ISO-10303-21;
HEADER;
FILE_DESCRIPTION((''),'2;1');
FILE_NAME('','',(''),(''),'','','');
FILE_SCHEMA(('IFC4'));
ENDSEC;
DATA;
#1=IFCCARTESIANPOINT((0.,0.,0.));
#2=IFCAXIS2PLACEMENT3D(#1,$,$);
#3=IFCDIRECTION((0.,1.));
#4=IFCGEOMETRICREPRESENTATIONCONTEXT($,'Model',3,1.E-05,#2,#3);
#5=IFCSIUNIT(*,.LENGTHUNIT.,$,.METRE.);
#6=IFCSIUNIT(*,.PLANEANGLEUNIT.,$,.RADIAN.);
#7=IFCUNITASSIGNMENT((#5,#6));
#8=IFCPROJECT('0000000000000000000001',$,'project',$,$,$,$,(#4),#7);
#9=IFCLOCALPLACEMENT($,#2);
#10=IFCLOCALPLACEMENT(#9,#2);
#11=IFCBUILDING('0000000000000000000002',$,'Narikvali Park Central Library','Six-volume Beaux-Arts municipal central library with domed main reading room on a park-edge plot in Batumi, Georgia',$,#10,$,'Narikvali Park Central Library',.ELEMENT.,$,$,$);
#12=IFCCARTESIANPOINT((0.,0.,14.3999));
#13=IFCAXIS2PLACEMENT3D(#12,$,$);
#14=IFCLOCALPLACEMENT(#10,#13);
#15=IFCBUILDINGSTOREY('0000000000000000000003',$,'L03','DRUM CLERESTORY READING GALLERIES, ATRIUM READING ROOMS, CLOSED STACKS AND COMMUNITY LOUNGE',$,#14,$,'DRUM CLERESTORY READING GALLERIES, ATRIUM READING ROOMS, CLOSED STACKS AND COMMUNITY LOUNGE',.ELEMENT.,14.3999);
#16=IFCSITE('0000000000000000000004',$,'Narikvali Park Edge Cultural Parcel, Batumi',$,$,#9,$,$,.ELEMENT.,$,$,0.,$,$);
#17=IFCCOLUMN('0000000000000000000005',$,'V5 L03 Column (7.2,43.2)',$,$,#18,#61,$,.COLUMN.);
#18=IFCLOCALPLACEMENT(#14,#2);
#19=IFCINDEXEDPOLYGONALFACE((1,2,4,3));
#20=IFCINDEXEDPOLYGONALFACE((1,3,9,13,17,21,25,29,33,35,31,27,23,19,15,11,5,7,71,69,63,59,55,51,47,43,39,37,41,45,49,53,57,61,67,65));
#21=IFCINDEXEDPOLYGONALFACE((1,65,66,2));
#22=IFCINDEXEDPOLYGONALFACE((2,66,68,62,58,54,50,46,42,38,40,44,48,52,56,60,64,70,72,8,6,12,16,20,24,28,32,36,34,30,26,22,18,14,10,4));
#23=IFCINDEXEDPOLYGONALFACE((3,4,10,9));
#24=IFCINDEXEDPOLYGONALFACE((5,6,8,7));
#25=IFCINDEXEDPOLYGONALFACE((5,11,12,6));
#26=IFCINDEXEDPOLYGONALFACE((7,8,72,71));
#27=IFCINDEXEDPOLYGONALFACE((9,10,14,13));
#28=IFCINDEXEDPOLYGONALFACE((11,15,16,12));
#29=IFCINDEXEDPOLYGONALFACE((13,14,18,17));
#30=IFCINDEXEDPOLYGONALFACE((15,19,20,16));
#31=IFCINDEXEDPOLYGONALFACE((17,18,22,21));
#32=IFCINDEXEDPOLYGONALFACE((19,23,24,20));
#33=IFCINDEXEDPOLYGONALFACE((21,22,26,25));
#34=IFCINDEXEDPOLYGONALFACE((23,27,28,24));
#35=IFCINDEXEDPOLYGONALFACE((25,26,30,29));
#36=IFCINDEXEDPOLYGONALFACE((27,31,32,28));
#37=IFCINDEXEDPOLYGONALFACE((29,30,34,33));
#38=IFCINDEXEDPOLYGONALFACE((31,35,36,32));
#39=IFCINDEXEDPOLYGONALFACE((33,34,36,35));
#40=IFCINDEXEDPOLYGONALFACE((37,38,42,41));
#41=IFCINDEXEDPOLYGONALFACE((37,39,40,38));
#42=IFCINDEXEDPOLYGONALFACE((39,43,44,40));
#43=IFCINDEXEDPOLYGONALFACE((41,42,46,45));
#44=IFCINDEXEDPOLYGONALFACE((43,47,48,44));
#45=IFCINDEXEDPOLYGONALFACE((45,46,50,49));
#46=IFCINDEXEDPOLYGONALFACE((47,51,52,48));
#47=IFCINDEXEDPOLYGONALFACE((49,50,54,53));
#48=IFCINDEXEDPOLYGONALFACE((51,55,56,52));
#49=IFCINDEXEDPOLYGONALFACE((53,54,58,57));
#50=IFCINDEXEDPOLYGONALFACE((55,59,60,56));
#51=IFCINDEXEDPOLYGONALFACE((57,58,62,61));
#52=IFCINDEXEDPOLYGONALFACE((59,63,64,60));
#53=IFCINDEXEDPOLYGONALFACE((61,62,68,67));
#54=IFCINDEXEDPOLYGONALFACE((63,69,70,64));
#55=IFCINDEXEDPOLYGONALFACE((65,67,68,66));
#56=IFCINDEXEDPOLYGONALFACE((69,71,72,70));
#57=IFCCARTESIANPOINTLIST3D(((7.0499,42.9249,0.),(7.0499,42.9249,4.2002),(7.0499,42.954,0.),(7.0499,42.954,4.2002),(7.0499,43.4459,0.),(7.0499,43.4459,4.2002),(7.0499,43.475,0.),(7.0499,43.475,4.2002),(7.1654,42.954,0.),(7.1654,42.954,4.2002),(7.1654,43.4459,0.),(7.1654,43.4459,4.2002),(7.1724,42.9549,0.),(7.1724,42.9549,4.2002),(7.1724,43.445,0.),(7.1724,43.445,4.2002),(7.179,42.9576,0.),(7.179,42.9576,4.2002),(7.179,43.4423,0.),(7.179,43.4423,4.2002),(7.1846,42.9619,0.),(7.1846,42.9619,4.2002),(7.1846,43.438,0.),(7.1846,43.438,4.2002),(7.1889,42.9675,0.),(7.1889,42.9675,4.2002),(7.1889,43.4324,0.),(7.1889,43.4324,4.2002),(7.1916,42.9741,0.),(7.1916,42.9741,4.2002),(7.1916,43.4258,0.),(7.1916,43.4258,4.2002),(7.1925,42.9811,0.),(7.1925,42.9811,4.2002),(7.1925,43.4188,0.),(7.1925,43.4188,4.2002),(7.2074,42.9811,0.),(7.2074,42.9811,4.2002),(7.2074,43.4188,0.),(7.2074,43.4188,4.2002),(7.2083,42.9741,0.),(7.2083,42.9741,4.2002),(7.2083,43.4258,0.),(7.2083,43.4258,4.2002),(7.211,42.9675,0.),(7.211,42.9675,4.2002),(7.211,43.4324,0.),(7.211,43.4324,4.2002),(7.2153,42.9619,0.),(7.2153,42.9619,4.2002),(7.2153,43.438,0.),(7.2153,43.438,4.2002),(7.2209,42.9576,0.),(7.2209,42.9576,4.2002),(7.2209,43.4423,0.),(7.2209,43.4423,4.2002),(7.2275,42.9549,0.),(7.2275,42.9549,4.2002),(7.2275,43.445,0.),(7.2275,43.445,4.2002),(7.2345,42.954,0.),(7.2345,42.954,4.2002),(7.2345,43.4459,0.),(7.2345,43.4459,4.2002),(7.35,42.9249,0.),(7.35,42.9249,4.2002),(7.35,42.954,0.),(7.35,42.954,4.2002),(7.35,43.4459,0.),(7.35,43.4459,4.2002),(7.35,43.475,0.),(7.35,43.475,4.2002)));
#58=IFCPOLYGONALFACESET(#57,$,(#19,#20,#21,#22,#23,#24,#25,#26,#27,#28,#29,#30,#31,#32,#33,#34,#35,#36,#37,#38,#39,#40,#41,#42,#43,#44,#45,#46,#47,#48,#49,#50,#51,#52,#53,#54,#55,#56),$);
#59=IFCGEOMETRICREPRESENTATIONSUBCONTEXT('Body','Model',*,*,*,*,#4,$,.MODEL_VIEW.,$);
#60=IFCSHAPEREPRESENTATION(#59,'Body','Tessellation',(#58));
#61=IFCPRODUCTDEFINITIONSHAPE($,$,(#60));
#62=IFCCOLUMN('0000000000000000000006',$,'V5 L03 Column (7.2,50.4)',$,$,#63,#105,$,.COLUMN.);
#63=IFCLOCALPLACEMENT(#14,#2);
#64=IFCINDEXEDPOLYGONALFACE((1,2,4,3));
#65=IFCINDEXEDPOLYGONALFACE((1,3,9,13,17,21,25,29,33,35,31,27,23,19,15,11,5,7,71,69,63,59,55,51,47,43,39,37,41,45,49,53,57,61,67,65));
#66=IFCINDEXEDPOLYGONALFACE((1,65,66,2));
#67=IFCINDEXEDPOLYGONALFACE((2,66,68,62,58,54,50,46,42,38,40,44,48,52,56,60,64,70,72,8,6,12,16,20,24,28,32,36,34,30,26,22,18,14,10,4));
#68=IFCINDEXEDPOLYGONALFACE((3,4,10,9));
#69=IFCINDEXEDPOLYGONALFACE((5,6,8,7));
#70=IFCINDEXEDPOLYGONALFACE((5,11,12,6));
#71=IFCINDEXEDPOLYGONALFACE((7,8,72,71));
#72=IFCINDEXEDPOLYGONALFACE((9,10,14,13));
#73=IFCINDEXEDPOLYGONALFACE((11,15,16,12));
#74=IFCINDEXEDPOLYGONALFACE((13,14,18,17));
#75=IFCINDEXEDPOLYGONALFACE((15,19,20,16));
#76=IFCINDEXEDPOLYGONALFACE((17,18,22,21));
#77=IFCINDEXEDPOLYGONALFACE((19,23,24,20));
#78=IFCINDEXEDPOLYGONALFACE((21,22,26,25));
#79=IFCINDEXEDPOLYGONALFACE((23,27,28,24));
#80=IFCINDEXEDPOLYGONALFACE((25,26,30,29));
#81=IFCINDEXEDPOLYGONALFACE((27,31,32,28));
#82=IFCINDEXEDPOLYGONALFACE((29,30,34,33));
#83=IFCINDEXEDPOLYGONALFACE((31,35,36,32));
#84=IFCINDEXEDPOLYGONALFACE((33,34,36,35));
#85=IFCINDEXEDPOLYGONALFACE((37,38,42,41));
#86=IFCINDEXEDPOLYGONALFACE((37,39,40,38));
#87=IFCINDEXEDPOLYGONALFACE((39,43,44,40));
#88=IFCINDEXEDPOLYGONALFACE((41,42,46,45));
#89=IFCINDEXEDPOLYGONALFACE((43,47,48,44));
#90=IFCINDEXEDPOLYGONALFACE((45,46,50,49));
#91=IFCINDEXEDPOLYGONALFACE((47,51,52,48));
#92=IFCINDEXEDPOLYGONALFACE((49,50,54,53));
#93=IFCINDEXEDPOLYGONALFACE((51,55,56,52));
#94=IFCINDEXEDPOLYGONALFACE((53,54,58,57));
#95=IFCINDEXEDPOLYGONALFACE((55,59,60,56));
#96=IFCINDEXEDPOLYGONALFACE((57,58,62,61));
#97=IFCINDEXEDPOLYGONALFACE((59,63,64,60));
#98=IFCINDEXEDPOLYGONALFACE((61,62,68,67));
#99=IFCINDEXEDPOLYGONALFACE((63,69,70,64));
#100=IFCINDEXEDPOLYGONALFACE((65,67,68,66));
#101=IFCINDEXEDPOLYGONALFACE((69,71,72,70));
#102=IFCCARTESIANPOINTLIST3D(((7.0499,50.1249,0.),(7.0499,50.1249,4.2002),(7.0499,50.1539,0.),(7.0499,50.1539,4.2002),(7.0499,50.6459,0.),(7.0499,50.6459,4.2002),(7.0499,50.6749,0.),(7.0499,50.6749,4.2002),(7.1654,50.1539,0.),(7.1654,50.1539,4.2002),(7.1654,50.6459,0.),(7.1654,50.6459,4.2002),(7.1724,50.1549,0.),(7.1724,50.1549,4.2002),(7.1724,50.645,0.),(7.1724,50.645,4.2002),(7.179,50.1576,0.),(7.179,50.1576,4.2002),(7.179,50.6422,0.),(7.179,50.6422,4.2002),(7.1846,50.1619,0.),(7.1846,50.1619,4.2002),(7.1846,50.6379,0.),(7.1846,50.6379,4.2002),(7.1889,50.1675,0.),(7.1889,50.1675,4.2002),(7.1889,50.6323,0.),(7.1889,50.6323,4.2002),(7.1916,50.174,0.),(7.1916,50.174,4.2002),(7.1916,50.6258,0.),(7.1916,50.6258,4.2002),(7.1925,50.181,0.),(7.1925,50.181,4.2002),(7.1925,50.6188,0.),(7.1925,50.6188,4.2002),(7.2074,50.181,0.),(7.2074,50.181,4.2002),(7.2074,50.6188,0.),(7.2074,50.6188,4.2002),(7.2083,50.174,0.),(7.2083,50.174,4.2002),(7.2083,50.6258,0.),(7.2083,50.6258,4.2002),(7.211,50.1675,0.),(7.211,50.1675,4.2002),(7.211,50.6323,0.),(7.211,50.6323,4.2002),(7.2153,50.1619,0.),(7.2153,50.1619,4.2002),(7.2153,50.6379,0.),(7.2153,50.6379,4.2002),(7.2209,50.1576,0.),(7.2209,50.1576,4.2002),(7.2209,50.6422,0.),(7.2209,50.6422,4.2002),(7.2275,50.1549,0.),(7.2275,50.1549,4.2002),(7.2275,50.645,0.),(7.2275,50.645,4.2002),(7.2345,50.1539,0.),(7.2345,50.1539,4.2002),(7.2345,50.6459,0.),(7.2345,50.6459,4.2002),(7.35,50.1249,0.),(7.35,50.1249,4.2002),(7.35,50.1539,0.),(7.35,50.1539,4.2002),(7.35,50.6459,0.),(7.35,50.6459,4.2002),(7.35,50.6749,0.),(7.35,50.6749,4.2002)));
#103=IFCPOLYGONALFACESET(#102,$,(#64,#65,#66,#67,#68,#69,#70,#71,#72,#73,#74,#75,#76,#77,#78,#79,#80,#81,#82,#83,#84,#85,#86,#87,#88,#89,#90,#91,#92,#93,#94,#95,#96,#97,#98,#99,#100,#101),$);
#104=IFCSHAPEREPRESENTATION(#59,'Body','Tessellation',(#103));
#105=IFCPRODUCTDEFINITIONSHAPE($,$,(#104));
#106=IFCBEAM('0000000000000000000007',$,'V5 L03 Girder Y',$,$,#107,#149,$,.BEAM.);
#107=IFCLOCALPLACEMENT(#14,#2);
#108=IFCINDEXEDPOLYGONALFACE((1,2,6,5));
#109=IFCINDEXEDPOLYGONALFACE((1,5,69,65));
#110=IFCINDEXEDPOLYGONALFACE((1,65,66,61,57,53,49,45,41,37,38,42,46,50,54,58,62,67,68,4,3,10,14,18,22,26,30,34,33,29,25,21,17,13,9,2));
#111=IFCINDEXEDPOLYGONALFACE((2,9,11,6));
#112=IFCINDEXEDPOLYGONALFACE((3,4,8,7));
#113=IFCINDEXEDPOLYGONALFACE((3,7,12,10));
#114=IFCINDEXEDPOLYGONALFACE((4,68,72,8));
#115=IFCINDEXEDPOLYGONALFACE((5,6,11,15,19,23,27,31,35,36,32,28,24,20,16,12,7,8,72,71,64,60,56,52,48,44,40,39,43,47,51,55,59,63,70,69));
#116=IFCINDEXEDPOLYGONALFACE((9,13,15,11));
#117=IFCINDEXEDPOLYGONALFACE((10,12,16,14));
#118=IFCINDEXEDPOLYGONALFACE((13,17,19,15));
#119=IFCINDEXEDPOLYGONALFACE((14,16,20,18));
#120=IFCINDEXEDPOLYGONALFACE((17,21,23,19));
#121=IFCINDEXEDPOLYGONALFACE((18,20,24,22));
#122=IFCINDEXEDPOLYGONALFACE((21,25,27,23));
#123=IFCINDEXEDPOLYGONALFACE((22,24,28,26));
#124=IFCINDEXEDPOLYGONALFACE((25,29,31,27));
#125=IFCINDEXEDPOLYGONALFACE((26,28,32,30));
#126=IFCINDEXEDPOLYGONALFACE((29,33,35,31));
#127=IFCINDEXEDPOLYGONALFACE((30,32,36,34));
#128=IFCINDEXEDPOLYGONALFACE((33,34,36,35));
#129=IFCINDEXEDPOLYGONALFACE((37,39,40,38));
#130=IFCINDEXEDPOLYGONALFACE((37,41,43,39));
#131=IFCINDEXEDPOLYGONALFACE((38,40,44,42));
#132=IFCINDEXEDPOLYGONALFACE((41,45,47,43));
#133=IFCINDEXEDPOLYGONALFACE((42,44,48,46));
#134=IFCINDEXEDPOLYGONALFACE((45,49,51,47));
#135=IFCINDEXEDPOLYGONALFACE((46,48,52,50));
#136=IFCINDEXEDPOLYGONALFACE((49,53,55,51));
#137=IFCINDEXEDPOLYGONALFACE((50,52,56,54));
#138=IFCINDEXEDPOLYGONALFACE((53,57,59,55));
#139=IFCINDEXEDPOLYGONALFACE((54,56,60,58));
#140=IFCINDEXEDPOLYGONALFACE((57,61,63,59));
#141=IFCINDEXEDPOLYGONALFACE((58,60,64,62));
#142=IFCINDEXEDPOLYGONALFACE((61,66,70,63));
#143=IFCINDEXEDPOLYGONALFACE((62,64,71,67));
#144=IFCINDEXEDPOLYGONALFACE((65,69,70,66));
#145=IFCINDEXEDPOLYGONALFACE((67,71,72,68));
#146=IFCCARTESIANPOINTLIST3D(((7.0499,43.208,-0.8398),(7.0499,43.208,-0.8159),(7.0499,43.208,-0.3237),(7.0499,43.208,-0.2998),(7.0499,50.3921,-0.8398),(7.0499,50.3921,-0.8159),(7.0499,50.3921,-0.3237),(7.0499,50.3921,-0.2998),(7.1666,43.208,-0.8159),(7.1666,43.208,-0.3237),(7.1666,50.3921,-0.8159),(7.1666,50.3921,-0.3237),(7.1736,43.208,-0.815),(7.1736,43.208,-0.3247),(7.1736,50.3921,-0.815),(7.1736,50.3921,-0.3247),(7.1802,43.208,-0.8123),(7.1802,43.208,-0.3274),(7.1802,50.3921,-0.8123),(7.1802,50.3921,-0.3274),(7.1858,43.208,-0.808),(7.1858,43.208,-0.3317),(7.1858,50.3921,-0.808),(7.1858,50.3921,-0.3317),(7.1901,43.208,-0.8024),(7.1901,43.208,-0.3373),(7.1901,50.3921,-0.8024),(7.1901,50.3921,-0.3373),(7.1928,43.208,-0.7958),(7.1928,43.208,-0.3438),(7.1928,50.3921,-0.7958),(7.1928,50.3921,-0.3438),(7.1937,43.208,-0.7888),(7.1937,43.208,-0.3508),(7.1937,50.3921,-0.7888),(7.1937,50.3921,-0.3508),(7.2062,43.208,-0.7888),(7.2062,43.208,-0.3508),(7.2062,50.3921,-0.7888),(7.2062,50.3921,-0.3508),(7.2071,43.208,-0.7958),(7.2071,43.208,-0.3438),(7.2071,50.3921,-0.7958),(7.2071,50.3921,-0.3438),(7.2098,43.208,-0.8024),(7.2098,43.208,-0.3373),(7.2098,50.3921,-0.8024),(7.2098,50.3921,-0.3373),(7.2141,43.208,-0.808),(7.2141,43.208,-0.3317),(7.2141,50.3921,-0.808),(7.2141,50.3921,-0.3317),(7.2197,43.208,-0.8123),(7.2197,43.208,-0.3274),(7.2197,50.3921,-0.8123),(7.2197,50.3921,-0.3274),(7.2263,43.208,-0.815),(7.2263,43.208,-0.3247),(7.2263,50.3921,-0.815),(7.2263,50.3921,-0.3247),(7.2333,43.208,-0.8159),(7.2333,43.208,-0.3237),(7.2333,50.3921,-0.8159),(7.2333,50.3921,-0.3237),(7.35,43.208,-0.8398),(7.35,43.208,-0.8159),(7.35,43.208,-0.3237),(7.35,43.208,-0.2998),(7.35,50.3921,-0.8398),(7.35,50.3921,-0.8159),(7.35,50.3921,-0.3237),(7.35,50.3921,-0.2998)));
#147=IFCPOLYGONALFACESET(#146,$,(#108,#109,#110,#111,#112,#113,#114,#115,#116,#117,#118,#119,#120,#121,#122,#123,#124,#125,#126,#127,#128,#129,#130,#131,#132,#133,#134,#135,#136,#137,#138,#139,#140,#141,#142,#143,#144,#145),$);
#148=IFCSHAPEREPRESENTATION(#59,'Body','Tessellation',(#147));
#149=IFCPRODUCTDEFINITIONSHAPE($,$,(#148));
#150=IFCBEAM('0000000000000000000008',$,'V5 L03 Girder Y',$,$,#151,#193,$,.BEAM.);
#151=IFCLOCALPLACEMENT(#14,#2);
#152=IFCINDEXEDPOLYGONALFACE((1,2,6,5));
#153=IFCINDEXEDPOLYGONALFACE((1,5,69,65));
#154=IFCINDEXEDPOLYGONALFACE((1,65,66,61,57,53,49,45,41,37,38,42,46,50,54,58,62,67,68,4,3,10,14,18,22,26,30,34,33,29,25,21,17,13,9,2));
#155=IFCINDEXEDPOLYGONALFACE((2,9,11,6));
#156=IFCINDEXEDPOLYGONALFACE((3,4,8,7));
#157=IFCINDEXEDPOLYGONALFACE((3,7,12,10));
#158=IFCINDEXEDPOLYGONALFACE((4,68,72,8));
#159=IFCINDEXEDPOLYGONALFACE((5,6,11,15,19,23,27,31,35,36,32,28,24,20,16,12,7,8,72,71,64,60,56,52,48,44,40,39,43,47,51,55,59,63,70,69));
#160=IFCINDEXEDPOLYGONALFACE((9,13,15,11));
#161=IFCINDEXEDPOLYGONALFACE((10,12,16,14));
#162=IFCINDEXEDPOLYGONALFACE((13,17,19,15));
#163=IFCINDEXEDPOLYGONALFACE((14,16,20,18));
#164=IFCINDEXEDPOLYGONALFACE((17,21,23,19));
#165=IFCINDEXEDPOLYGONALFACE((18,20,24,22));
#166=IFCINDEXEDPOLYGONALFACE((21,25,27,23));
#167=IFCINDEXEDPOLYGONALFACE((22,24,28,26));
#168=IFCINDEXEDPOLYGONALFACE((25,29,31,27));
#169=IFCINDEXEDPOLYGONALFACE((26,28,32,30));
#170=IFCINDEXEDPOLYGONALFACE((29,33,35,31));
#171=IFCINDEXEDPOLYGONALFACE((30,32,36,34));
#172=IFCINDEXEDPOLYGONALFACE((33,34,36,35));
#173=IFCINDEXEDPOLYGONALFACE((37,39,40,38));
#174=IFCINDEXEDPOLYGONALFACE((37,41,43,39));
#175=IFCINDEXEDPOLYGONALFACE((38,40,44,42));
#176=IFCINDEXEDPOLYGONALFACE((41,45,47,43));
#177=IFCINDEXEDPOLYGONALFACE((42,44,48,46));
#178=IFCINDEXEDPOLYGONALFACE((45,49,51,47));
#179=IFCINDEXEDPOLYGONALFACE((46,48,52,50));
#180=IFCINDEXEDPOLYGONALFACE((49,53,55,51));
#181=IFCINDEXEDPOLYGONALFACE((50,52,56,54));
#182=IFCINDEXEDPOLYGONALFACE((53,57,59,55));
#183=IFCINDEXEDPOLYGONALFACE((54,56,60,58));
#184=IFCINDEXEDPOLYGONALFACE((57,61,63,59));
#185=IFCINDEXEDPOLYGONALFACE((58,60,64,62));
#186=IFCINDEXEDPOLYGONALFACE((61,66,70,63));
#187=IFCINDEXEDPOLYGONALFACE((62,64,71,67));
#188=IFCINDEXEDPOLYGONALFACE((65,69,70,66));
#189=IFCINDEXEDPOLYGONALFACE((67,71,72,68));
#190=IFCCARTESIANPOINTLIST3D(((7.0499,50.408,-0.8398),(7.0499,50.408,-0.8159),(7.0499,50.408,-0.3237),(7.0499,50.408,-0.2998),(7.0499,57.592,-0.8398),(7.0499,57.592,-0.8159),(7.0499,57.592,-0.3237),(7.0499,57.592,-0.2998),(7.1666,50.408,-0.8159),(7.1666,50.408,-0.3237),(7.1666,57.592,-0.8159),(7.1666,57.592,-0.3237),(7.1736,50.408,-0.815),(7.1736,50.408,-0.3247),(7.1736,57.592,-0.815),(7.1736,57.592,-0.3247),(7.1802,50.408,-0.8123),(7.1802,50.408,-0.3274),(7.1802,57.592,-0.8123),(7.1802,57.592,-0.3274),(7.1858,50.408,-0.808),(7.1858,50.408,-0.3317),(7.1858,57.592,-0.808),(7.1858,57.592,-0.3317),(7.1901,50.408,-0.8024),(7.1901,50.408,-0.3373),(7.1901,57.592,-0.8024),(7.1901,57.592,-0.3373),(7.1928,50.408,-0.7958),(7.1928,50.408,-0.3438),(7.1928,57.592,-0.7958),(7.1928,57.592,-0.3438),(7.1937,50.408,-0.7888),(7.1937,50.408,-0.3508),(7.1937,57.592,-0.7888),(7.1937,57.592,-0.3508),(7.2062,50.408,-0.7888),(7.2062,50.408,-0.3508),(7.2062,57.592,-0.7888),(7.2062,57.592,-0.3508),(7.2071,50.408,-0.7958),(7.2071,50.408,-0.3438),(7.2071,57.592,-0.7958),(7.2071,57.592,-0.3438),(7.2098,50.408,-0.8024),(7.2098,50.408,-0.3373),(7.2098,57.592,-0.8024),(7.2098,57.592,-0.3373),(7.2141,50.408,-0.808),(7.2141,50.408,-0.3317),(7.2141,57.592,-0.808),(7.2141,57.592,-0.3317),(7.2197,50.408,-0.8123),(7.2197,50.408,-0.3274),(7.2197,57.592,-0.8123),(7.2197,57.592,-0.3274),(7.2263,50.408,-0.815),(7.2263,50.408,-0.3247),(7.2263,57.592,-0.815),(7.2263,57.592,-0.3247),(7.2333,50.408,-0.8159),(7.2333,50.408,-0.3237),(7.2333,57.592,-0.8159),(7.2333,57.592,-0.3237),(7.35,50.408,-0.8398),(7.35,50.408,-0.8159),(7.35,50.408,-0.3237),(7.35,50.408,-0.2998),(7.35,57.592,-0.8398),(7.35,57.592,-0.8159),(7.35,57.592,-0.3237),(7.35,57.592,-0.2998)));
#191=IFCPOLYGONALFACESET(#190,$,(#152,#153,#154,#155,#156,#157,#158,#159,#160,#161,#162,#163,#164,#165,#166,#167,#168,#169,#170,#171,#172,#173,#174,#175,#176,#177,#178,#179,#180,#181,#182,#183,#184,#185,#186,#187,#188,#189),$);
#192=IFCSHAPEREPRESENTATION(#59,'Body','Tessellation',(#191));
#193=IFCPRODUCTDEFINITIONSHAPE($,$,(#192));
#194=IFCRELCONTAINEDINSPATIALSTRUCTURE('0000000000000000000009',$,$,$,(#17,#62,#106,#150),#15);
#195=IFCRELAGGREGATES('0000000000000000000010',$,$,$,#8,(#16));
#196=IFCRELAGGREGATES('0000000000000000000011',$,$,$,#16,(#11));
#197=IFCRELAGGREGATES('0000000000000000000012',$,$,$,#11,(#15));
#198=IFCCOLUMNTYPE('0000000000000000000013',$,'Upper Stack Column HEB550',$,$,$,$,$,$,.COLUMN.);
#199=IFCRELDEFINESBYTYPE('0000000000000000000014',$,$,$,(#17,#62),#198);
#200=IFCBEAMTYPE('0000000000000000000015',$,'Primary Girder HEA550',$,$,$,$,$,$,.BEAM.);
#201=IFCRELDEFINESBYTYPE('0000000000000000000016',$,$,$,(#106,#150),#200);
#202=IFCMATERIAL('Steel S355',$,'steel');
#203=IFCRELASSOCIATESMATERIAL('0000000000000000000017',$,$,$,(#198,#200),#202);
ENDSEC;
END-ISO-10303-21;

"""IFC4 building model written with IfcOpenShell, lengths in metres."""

from ifc_helpers import new_model, si_unit, direction, frame, origin, origin_2d, place, context, subcontext, project, spatial, i_section, extrude, material, material_profile, profile_set, type_object, element, save


model = new_model("IFC4")

# Units and contexts
model_context = context("Model", 3, precision=1e-05, world=origin(), true_north=direction((0.0, 1.0)))
body_context = subcontext(model_context, "Body", "Model", "MODEL_VIEW")
ifc_project = project(units=[si_unit("LENGTHUNIT", "METRE"), si_unit("PLANEANGLEUNIT", "RADIAN")], contexts=[model_context])

# Site, building, storey
site_placement = place(None, origin())
site = spatial("IfcSite", under=ifc_project, at=site_placement, Name="Narikvali Park Edge Cultural Parcel, Batumi", CompositionType="ELEMENT", RefElevation=0.0)
building_placement = place(site_placement, origin())
building = spatial("IfcBuilding", under=site, at=building_placement, Name="Narikvali Park Central Library", Description="Six-volume Beaux-Arts municipal central library with domed main reading room on a park-edge plot in Batumi, Georgia", LongName="Narikvali Park Central Library", CompositionType="ELEMENT")
storey_placement = place(building_placement, frame((0.0, 0.0, 14.3999)))
storey = spatial("IfcBuildingStorey", under=building, at=storey_placement, Name="L03", Description="DRUM CLERESTORY READING GALLERIES, ATRIUM READING ROOMS, CLOSED STACKS AND COMMUNITY LOUNGE", LongName="DRUM CLERESTORY READING GALLERIES, ATRIUM READING ROOMS, CLOSED STACKS AND COMMUNITY LOUNGE", CompositionType="ELEMENT", Elevation=14.3999)

# Columns
ifc_material_1 = material(Name="Steel S355", Category="steel")
ifc_material_profile_1 = material_profile(ifc_material_1, i_section(OverallWidth=0.3, OverallDepth=0.55, WebThickness=0.0149, FlangeThickness=0.0291, FilletRadius=0.0271, at=origin_2d()), Name="HEB 550")
ifc_profile_set_1 = profile_set([ifc_material_profile_1], Name="Steel S355")
column_type = type_object("IfcColumnType", Name="Upper Stack Column HEB550", PredefinedType="COLUMN", material=ifc_profile_set_1)
for number, where, z_axis, x_axis, name in (
    (1, (7.2, 43.2, 0.0), (0.0, 0.0, 1.0), (1.0, 0.0, 0.0), "V5 L03 Column (7.2,43.2)"),
    (2, (7.2, 50.3999, 0.0), (0.0, 0.0, 1.0), (1.0, 0.0, 0.0), "V5 L03 Column (7.2,50.4)"),
):
    element("IfcColumn", number, at=place(storey_placement, frame(where, z_axis=z_axis, x_axis=x_axis)), inside=storey, type_object=column_type, Name=name, PredefinedType="COLUMN", context=body_context, shape_type="SweptSolid", body=[
        extrude(i_section(OverallWidth=0.3, OverallDepth=0.55, WebThickness=0.0149, FlangeThickness=0.0291, FilletRadius=0.0271, at=origin_2d()), origin(), (0.0, 0.0, 1.0), 4.2002),
    ])

# Beams
ifc_material_profile_2 = material_profile(ifc_material_1, i_section(OverallWidth=0.3, OverallDepth=0.54, WebThickness=0.0125, FlangeThickness=0.0239, FilletRadius=0.0271, at=origin_2d()), Name="HEA 550")
ifc_profile_set_2 = profile_set([ifc_material_profile_2], Name="Steel S355")
beam_type_1 = type_object("IfcBeamType", Name="Primary Girder HEA550", PredefinedType="BEAM", material=ifc_profile_set_2)
for number, where, z_axis, x_axis, name in (
    (3, (7.2, 43.208, -0.5698), (0.0, 1.0, 0.0), (-1.0, 0.0, 0.0), "V5 L03 Girder Y"),
    (4, (7.2, 50.408, -0.5698), (0.0, 1.0, 0.0), (-1.0, 0.0, 0.0), "V5 L03 Girder Y"),
):
    element("IfcBeam", number, at=place(storey_placement, frame(where, z_axis=z_axis, x_axis=x_axis)), inside=storey, type_object=beam_type_1, Name=name, PredefinedType="BEAM", context=body_context, shape_type="SweptSolid", body=[
        extrude(i_section(OverallWidth=0.3, OverallDepth=0.54, WebThickness=0.0125, FlangeThickness=0.0239, FilletRadius=0.0271, at=origin_2d()), origin(), (0.0, 0.0, 1.0), 7.1841),
    ])

save(model, "model.ifc")
